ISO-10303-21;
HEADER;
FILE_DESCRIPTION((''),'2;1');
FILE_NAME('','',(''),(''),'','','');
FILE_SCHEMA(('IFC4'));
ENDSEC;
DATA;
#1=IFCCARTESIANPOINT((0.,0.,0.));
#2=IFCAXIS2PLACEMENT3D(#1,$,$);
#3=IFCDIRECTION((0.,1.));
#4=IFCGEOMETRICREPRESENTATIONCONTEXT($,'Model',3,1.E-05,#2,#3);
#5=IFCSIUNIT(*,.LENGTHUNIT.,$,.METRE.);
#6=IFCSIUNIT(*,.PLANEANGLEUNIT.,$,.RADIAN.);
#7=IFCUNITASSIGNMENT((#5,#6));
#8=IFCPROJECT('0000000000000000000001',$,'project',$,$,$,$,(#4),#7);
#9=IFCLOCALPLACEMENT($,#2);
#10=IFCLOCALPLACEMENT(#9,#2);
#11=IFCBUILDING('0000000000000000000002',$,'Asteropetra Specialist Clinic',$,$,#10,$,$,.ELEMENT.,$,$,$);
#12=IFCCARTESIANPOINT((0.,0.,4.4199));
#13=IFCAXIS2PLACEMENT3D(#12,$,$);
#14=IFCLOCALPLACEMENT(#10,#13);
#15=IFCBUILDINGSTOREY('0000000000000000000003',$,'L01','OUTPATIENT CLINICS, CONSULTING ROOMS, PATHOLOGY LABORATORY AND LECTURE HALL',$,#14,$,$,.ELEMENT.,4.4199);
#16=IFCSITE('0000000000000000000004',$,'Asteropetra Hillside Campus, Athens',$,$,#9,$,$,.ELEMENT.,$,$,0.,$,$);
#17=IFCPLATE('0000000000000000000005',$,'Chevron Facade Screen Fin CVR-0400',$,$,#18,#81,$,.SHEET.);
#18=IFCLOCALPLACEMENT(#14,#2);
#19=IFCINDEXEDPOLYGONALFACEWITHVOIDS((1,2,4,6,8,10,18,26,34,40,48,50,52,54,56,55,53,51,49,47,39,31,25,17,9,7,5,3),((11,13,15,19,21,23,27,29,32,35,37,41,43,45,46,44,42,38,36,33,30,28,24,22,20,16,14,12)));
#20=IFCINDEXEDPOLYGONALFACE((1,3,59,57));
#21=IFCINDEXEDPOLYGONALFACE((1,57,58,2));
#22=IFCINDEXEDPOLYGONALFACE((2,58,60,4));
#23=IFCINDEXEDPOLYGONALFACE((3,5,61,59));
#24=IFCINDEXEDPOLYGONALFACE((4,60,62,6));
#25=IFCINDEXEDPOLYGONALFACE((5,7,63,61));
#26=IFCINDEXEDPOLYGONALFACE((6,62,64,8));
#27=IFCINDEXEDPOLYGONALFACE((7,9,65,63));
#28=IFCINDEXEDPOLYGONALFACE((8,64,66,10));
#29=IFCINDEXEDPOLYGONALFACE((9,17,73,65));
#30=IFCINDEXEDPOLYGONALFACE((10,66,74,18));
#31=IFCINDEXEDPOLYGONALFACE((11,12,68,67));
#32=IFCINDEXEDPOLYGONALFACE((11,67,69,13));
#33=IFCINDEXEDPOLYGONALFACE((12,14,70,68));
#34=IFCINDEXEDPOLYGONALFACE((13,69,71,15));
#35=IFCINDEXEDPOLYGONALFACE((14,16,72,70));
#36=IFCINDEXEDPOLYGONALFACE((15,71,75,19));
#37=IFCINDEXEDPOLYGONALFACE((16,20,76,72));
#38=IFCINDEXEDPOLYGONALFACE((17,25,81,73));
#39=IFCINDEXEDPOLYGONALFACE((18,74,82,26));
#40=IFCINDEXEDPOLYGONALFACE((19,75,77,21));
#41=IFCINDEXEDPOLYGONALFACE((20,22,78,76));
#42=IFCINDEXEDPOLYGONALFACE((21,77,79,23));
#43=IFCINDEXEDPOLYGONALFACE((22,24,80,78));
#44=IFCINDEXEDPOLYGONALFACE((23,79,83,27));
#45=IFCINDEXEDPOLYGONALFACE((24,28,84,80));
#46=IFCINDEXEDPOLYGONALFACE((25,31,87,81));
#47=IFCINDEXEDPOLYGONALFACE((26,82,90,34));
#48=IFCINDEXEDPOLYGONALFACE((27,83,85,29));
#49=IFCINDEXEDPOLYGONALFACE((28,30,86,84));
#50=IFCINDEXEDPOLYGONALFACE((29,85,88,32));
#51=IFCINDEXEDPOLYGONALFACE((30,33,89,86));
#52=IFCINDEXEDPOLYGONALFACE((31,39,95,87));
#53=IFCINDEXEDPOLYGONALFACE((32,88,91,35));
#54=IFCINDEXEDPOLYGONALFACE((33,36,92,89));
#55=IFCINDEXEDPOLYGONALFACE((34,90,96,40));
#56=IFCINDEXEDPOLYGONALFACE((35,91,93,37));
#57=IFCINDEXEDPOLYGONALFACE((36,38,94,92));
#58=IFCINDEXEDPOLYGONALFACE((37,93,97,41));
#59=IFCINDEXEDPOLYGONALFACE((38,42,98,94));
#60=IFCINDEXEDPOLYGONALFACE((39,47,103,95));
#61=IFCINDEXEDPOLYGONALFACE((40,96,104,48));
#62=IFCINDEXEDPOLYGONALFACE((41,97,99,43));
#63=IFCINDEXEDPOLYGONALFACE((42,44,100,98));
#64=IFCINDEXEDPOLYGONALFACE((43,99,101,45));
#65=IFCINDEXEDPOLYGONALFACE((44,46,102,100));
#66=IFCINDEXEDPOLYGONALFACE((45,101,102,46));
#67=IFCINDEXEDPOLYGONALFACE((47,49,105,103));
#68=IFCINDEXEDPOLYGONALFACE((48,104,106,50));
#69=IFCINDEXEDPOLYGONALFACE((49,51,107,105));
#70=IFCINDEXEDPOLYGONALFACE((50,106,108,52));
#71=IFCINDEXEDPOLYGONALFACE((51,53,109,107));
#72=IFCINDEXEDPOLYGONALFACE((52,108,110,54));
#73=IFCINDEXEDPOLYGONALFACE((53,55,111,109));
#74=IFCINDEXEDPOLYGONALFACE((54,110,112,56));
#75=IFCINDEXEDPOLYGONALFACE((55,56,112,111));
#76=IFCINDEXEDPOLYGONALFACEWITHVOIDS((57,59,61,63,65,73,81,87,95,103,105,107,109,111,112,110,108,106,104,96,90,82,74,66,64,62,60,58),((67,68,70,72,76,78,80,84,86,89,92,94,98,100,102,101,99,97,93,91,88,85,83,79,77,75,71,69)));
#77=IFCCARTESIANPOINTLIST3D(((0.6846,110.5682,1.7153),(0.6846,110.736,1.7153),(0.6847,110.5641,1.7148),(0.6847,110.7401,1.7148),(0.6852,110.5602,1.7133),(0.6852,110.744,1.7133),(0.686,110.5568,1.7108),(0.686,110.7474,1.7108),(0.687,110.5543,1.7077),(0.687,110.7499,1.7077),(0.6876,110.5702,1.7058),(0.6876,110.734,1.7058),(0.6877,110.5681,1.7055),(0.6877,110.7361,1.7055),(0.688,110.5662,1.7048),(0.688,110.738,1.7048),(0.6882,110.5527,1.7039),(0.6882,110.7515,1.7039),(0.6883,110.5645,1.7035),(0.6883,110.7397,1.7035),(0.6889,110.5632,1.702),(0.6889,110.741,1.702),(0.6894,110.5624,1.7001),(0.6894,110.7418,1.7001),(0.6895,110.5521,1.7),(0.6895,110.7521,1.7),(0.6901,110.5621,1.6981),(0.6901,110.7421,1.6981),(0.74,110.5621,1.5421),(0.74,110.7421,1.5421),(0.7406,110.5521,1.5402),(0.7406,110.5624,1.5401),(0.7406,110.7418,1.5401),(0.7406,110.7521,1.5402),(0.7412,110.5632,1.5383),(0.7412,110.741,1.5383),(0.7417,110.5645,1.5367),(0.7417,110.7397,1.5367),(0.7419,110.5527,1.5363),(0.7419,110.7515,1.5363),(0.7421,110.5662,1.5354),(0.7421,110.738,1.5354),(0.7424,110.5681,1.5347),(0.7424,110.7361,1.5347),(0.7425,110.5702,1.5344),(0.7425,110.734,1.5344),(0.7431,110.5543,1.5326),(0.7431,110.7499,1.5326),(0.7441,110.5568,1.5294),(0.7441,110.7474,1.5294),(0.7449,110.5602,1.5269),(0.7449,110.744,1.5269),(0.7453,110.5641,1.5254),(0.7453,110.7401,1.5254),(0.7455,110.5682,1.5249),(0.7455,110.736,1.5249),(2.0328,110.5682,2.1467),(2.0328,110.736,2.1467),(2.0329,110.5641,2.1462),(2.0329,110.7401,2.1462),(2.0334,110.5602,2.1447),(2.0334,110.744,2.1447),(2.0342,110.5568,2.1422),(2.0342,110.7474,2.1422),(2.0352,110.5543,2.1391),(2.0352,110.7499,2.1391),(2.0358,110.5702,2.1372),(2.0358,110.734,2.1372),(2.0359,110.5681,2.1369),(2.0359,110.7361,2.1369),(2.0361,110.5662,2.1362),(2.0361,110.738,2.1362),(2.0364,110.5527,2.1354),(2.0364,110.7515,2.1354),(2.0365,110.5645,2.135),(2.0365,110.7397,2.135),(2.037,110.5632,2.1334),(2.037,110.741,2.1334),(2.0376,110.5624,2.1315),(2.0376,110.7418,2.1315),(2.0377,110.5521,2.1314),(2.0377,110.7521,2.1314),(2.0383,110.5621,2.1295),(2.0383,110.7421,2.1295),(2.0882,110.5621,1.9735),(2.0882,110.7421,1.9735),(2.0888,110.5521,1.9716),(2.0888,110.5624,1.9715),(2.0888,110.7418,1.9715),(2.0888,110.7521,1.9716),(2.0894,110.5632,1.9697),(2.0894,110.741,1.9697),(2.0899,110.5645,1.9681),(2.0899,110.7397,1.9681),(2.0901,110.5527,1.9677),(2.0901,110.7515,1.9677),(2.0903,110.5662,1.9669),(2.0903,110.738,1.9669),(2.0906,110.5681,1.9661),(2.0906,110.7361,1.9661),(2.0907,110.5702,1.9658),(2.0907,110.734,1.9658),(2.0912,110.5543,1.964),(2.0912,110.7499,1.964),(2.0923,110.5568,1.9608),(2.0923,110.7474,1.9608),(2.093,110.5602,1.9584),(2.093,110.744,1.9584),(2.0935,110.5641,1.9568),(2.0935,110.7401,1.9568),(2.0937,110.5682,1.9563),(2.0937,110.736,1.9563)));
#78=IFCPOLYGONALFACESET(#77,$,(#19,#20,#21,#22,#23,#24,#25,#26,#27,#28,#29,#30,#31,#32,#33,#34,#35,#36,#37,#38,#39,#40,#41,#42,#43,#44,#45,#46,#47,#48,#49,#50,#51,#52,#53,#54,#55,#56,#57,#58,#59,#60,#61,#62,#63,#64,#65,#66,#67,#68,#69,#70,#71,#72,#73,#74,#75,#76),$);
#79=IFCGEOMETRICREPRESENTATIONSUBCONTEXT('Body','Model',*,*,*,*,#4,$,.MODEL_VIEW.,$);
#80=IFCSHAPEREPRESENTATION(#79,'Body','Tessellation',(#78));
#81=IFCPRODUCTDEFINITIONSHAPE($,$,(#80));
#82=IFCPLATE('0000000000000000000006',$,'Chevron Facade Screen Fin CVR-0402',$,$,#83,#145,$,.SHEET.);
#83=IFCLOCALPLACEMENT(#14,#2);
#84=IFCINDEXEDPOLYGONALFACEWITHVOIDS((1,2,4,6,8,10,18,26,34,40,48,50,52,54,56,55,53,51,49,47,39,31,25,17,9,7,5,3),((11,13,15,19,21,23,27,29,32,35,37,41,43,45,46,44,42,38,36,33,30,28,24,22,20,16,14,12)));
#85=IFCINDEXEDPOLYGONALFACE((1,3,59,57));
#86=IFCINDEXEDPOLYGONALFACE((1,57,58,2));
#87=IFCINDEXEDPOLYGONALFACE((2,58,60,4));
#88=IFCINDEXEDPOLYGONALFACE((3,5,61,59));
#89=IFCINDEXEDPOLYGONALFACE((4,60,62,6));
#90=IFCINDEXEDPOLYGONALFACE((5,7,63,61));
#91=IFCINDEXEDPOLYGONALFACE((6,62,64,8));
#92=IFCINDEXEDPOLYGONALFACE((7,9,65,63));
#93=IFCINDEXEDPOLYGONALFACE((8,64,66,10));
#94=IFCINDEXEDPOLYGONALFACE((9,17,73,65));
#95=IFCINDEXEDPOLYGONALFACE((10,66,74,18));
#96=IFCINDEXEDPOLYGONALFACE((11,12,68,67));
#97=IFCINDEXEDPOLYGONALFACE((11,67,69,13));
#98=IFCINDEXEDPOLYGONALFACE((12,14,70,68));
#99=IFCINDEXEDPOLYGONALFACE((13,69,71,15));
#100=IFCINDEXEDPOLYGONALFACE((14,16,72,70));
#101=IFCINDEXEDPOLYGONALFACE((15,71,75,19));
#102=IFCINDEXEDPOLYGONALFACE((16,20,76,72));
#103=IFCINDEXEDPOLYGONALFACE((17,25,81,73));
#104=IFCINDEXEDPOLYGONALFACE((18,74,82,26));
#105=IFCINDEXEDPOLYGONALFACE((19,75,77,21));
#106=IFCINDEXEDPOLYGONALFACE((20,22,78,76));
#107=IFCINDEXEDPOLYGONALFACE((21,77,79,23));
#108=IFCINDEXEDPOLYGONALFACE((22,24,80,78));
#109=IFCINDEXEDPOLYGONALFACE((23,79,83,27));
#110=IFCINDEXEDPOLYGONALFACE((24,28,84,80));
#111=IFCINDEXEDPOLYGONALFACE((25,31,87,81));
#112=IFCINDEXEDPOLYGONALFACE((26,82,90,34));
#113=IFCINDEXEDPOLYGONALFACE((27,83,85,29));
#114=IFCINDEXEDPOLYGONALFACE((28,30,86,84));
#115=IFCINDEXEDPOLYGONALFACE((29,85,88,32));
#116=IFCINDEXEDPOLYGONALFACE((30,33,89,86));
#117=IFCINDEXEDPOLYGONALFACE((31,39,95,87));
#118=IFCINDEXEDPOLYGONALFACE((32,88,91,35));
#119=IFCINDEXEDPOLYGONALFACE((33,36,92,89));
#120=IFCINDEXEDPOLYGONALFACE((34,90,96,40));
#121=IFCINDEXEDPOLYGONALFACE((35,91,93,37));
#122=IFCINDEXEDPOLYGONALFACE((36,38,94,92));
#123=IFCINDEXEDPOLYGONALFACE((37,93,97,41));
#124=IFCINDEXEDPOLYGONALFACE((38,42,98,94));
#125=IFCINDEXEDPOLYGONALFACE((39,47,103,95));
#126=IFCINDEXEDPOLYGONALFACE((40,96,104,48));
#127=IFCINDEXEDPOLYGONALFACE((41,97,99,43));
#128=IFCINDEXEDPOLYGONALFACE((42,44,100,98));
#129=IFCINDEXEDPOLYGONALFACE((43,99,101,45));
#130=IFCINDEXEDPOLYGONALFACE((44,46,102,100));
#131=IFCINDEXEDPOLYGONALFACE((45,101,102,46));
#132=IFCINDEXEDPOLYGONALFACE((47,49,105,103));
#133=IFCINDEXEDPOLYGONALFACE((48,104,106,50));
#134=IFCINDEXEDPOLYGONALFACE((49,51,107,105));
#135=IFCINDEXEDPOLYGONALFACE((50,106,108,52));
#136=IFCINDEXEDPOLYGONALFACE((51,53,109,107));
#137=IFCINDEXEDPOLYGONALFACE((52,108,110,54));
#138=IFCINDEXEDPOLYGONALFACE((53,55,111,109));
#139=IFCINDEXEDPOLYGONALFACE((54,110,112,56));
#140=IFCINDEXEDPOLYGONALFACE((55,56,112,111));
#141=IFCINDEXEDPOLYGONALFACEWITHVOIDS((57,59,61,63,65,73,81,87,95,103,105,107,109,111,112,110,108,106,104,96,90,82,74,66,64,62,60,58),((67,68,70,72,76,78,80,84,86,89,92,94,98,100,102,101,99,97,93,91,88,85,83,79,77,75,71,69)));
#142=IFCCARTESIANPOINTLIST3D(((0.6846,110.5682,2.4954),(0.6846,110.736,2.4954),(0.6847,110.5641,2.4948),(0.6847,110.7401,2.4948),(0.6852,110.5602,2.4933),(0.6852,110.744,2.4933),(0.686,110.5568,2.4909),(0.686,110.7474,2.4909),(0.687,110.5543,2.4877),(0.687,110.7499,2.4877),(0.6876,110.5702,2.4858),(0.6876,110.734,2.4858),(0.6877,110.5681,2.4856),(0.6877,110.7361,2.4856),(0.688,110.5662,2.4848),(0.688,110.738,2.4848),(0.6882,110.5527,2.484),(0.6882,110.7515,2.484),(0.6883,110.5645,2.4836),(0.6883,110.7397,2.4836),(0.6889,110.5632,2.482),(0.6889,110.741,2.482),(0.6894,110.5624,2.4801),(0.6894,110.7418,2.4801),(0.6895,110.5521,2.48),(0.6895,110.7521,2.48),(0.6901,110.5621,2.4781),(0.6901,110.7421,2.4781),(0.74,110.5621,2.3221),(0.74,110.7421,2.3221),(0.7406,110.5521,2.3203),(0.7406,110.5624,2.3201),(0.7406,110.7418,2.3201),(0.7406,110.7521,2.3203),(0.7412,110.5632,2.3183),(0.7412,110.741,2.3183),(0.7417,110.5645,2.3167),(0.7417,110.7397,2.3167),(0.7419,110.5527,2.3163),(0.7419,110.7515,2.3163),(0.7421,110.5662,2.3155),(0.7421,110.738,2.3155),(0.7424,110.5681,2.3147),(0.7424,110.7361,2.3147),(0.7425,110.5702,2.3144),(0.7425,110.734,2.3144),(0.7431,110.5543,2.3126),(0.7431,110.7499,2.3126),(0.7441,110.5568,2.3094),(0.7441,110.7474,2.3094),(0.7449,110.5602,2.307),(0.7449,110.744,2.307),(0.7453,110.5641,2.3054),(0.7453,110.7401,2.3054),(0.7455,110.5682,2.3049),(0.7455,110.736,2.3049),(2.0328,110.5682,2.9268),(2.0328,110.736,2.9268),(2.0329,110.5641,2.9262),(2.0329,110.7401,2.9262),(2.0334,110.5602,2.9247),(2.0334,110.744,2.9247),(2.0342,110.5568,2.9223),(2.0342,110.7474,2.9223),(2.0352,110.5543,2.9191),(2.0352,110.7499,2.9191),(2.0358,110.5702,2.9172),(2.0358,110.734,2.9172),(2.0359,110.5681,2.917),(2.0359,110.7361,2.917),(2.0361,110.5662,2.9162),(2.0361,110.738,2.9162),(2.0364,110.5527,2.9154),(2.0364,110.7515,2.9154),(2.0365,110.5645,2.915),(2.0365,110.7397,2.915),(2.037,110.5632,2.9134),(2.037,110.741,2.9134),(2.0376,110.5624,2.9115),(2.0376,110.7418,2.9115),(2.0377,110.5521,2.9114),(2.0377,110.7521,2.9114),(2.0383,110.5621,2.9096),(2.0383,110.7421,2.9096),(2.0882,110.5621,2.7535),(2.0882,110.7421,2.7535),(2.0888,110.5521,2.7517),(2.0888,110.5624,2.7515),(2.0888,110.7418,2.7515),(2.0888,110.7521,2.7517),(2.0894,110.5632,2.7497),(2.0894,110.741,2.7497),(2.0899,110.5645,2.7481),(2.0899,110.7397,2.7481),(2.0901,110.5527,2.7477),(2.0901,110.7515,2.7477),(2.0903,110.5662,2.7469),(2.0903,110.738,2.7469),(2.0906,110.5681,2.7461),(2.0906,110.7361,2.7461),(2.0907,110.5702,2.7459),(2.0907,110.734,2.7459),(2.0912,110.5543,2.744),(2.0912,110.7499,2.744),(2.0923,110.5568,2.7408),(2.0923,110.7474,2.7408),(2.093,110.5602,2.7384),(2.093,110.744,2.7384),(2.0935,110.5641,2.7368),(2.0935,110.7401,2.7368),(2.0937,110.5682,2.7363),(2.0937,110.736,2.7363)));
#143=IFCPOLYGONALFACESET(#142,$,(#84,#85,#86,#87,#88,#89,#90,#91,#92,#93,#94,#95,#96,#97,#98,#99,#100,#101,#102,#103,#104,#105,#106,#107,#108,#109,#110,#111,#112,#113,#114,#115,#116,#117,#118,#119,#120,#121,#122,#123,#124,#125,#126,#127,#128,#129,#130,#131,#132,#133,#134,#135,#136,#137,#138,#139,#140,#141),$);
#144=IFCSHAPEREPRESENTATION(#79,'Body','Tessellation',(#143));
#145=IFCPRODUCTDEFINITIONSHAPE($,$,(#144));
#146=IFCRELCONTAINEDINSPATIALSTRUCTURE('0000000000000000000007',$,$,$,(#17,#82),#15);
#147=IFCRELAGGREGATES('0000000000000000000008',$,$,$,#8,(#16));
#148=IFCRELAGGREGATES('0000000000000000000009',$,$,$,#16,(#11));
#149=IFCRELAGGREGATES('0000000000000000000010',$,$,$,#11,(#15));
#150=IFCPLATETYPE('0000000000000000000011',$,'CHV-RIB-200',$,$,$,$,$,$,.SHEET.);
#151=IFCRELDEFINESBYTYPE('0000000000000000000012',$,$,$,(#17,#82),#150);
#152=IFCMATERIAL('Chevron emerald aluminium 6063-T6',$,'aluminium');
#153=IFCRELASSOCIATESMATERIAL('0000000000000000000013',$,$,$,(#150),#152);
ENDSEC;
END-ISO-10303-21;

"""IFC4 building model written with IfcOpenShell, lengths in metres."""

from ifc_helpers import new_model, si_unit, direction, frame, origin, origin_2d, place, context, subcontext, project, spatial, hollow_rectangle, extrude, material, material_profile, profile_set, type_object, element, save


model = new_model("IFC4")

# Units and contexts
model_context = context("Model", 3, precision=1e-05, world=origin(), true_north=direction((0.0, 1.0)))
body_context = subcontext(model_context, "Body", "Model", "MODEL_VIEW")
ifc_project = project(units=[si_unit("LENGTHUNIT", "METRE"), si_unit("PLANEANGLEUNIT", "RADIAN")], contexts=[model_context])

# Site, building, storey
site_placement = place(None, origin())
site = spatial("IfcSite", under=ifc_project, at=site_placement, Name="Asteropetra Hillside Campus, Athens", CompositionType="ELEMENT", RefElevation=0.0)
building_placement = place(site_placement, origin())
building = spatial("IfcBuilding", under=site, at=building_placement, Name="Asteropetra Specialist Clinic", CompositionType="ELEMENT")
storey_placement = place(building_placement, frame((0.0, 0.0, 4.4199)))
storey = spatial("IfcBuildingStorey", under=building, at=storey_placement, Name="L01", Description="OUTPATIENT CLINICS, CONSULTING ROOMS, PATHOLOGY LABORATORY AND LECTURE HALL", CompositionType="ELEMENT", Elevation=4.4199)

# Plates
ifc_material_1 = material(Name="Chevron emerald aluminium 6063-T6", Category="aluminium")
ifc_material_profile_1 = material_profile(ifc_material_1, hollow_rectangle(XDim=0.2, YDim=0.2, WallThickness=0.01, InnerFilletRadius=0.0081, OuterFilletRadius=0.0161, at=origin_2d()), Name="SHS 200x200x10.0")
ifc_profile_set_1 = profile_set([ifc_material_profile_1], Name="Chevron emerald aluminium 6063-T6")
plate_type_1 = type_object("IfcPlateType", Name="CHV-RIB-200", PredefinedType="SHEET", material=ifc_profile_set_1)
for number, where, z_axis, x_axis, name in (
    (1, (2.0632, 110.6521, 2.0515), (-0.952426, 0.0, -0.304769), (0.0, -1.0, 0.0), "Chevron Facade Screen Fin CVR-0400"),
    (2, (2.0632, 110.6521, 2.8315), (-0.952426, 0.0, -0.304769), (0.0, -1.0, 0.0), "Chevron Facade Screen Fin CVR-0402"),
):
    element("IfcPlate", number, at=place(storey_placement, frame(where, z_axis=z_axis, x_axis=x_axis)), inside=storey, type_object=plate_type_1, Name=name, PredefinedType="SHEET", context=body_context, shape_type="SweptSolid", body=[
        extrude(hollow_rectangle(XDim=0.2, YDim=0.2, WallThickness=0.01, InnerFilletRadius=0.0081, OuterFilletRadius=0.0161, at=origin_2d()), origin(), (0.0, 0.0, 1.0), 1.4155),
    ])

save(model, "model.ifc")
